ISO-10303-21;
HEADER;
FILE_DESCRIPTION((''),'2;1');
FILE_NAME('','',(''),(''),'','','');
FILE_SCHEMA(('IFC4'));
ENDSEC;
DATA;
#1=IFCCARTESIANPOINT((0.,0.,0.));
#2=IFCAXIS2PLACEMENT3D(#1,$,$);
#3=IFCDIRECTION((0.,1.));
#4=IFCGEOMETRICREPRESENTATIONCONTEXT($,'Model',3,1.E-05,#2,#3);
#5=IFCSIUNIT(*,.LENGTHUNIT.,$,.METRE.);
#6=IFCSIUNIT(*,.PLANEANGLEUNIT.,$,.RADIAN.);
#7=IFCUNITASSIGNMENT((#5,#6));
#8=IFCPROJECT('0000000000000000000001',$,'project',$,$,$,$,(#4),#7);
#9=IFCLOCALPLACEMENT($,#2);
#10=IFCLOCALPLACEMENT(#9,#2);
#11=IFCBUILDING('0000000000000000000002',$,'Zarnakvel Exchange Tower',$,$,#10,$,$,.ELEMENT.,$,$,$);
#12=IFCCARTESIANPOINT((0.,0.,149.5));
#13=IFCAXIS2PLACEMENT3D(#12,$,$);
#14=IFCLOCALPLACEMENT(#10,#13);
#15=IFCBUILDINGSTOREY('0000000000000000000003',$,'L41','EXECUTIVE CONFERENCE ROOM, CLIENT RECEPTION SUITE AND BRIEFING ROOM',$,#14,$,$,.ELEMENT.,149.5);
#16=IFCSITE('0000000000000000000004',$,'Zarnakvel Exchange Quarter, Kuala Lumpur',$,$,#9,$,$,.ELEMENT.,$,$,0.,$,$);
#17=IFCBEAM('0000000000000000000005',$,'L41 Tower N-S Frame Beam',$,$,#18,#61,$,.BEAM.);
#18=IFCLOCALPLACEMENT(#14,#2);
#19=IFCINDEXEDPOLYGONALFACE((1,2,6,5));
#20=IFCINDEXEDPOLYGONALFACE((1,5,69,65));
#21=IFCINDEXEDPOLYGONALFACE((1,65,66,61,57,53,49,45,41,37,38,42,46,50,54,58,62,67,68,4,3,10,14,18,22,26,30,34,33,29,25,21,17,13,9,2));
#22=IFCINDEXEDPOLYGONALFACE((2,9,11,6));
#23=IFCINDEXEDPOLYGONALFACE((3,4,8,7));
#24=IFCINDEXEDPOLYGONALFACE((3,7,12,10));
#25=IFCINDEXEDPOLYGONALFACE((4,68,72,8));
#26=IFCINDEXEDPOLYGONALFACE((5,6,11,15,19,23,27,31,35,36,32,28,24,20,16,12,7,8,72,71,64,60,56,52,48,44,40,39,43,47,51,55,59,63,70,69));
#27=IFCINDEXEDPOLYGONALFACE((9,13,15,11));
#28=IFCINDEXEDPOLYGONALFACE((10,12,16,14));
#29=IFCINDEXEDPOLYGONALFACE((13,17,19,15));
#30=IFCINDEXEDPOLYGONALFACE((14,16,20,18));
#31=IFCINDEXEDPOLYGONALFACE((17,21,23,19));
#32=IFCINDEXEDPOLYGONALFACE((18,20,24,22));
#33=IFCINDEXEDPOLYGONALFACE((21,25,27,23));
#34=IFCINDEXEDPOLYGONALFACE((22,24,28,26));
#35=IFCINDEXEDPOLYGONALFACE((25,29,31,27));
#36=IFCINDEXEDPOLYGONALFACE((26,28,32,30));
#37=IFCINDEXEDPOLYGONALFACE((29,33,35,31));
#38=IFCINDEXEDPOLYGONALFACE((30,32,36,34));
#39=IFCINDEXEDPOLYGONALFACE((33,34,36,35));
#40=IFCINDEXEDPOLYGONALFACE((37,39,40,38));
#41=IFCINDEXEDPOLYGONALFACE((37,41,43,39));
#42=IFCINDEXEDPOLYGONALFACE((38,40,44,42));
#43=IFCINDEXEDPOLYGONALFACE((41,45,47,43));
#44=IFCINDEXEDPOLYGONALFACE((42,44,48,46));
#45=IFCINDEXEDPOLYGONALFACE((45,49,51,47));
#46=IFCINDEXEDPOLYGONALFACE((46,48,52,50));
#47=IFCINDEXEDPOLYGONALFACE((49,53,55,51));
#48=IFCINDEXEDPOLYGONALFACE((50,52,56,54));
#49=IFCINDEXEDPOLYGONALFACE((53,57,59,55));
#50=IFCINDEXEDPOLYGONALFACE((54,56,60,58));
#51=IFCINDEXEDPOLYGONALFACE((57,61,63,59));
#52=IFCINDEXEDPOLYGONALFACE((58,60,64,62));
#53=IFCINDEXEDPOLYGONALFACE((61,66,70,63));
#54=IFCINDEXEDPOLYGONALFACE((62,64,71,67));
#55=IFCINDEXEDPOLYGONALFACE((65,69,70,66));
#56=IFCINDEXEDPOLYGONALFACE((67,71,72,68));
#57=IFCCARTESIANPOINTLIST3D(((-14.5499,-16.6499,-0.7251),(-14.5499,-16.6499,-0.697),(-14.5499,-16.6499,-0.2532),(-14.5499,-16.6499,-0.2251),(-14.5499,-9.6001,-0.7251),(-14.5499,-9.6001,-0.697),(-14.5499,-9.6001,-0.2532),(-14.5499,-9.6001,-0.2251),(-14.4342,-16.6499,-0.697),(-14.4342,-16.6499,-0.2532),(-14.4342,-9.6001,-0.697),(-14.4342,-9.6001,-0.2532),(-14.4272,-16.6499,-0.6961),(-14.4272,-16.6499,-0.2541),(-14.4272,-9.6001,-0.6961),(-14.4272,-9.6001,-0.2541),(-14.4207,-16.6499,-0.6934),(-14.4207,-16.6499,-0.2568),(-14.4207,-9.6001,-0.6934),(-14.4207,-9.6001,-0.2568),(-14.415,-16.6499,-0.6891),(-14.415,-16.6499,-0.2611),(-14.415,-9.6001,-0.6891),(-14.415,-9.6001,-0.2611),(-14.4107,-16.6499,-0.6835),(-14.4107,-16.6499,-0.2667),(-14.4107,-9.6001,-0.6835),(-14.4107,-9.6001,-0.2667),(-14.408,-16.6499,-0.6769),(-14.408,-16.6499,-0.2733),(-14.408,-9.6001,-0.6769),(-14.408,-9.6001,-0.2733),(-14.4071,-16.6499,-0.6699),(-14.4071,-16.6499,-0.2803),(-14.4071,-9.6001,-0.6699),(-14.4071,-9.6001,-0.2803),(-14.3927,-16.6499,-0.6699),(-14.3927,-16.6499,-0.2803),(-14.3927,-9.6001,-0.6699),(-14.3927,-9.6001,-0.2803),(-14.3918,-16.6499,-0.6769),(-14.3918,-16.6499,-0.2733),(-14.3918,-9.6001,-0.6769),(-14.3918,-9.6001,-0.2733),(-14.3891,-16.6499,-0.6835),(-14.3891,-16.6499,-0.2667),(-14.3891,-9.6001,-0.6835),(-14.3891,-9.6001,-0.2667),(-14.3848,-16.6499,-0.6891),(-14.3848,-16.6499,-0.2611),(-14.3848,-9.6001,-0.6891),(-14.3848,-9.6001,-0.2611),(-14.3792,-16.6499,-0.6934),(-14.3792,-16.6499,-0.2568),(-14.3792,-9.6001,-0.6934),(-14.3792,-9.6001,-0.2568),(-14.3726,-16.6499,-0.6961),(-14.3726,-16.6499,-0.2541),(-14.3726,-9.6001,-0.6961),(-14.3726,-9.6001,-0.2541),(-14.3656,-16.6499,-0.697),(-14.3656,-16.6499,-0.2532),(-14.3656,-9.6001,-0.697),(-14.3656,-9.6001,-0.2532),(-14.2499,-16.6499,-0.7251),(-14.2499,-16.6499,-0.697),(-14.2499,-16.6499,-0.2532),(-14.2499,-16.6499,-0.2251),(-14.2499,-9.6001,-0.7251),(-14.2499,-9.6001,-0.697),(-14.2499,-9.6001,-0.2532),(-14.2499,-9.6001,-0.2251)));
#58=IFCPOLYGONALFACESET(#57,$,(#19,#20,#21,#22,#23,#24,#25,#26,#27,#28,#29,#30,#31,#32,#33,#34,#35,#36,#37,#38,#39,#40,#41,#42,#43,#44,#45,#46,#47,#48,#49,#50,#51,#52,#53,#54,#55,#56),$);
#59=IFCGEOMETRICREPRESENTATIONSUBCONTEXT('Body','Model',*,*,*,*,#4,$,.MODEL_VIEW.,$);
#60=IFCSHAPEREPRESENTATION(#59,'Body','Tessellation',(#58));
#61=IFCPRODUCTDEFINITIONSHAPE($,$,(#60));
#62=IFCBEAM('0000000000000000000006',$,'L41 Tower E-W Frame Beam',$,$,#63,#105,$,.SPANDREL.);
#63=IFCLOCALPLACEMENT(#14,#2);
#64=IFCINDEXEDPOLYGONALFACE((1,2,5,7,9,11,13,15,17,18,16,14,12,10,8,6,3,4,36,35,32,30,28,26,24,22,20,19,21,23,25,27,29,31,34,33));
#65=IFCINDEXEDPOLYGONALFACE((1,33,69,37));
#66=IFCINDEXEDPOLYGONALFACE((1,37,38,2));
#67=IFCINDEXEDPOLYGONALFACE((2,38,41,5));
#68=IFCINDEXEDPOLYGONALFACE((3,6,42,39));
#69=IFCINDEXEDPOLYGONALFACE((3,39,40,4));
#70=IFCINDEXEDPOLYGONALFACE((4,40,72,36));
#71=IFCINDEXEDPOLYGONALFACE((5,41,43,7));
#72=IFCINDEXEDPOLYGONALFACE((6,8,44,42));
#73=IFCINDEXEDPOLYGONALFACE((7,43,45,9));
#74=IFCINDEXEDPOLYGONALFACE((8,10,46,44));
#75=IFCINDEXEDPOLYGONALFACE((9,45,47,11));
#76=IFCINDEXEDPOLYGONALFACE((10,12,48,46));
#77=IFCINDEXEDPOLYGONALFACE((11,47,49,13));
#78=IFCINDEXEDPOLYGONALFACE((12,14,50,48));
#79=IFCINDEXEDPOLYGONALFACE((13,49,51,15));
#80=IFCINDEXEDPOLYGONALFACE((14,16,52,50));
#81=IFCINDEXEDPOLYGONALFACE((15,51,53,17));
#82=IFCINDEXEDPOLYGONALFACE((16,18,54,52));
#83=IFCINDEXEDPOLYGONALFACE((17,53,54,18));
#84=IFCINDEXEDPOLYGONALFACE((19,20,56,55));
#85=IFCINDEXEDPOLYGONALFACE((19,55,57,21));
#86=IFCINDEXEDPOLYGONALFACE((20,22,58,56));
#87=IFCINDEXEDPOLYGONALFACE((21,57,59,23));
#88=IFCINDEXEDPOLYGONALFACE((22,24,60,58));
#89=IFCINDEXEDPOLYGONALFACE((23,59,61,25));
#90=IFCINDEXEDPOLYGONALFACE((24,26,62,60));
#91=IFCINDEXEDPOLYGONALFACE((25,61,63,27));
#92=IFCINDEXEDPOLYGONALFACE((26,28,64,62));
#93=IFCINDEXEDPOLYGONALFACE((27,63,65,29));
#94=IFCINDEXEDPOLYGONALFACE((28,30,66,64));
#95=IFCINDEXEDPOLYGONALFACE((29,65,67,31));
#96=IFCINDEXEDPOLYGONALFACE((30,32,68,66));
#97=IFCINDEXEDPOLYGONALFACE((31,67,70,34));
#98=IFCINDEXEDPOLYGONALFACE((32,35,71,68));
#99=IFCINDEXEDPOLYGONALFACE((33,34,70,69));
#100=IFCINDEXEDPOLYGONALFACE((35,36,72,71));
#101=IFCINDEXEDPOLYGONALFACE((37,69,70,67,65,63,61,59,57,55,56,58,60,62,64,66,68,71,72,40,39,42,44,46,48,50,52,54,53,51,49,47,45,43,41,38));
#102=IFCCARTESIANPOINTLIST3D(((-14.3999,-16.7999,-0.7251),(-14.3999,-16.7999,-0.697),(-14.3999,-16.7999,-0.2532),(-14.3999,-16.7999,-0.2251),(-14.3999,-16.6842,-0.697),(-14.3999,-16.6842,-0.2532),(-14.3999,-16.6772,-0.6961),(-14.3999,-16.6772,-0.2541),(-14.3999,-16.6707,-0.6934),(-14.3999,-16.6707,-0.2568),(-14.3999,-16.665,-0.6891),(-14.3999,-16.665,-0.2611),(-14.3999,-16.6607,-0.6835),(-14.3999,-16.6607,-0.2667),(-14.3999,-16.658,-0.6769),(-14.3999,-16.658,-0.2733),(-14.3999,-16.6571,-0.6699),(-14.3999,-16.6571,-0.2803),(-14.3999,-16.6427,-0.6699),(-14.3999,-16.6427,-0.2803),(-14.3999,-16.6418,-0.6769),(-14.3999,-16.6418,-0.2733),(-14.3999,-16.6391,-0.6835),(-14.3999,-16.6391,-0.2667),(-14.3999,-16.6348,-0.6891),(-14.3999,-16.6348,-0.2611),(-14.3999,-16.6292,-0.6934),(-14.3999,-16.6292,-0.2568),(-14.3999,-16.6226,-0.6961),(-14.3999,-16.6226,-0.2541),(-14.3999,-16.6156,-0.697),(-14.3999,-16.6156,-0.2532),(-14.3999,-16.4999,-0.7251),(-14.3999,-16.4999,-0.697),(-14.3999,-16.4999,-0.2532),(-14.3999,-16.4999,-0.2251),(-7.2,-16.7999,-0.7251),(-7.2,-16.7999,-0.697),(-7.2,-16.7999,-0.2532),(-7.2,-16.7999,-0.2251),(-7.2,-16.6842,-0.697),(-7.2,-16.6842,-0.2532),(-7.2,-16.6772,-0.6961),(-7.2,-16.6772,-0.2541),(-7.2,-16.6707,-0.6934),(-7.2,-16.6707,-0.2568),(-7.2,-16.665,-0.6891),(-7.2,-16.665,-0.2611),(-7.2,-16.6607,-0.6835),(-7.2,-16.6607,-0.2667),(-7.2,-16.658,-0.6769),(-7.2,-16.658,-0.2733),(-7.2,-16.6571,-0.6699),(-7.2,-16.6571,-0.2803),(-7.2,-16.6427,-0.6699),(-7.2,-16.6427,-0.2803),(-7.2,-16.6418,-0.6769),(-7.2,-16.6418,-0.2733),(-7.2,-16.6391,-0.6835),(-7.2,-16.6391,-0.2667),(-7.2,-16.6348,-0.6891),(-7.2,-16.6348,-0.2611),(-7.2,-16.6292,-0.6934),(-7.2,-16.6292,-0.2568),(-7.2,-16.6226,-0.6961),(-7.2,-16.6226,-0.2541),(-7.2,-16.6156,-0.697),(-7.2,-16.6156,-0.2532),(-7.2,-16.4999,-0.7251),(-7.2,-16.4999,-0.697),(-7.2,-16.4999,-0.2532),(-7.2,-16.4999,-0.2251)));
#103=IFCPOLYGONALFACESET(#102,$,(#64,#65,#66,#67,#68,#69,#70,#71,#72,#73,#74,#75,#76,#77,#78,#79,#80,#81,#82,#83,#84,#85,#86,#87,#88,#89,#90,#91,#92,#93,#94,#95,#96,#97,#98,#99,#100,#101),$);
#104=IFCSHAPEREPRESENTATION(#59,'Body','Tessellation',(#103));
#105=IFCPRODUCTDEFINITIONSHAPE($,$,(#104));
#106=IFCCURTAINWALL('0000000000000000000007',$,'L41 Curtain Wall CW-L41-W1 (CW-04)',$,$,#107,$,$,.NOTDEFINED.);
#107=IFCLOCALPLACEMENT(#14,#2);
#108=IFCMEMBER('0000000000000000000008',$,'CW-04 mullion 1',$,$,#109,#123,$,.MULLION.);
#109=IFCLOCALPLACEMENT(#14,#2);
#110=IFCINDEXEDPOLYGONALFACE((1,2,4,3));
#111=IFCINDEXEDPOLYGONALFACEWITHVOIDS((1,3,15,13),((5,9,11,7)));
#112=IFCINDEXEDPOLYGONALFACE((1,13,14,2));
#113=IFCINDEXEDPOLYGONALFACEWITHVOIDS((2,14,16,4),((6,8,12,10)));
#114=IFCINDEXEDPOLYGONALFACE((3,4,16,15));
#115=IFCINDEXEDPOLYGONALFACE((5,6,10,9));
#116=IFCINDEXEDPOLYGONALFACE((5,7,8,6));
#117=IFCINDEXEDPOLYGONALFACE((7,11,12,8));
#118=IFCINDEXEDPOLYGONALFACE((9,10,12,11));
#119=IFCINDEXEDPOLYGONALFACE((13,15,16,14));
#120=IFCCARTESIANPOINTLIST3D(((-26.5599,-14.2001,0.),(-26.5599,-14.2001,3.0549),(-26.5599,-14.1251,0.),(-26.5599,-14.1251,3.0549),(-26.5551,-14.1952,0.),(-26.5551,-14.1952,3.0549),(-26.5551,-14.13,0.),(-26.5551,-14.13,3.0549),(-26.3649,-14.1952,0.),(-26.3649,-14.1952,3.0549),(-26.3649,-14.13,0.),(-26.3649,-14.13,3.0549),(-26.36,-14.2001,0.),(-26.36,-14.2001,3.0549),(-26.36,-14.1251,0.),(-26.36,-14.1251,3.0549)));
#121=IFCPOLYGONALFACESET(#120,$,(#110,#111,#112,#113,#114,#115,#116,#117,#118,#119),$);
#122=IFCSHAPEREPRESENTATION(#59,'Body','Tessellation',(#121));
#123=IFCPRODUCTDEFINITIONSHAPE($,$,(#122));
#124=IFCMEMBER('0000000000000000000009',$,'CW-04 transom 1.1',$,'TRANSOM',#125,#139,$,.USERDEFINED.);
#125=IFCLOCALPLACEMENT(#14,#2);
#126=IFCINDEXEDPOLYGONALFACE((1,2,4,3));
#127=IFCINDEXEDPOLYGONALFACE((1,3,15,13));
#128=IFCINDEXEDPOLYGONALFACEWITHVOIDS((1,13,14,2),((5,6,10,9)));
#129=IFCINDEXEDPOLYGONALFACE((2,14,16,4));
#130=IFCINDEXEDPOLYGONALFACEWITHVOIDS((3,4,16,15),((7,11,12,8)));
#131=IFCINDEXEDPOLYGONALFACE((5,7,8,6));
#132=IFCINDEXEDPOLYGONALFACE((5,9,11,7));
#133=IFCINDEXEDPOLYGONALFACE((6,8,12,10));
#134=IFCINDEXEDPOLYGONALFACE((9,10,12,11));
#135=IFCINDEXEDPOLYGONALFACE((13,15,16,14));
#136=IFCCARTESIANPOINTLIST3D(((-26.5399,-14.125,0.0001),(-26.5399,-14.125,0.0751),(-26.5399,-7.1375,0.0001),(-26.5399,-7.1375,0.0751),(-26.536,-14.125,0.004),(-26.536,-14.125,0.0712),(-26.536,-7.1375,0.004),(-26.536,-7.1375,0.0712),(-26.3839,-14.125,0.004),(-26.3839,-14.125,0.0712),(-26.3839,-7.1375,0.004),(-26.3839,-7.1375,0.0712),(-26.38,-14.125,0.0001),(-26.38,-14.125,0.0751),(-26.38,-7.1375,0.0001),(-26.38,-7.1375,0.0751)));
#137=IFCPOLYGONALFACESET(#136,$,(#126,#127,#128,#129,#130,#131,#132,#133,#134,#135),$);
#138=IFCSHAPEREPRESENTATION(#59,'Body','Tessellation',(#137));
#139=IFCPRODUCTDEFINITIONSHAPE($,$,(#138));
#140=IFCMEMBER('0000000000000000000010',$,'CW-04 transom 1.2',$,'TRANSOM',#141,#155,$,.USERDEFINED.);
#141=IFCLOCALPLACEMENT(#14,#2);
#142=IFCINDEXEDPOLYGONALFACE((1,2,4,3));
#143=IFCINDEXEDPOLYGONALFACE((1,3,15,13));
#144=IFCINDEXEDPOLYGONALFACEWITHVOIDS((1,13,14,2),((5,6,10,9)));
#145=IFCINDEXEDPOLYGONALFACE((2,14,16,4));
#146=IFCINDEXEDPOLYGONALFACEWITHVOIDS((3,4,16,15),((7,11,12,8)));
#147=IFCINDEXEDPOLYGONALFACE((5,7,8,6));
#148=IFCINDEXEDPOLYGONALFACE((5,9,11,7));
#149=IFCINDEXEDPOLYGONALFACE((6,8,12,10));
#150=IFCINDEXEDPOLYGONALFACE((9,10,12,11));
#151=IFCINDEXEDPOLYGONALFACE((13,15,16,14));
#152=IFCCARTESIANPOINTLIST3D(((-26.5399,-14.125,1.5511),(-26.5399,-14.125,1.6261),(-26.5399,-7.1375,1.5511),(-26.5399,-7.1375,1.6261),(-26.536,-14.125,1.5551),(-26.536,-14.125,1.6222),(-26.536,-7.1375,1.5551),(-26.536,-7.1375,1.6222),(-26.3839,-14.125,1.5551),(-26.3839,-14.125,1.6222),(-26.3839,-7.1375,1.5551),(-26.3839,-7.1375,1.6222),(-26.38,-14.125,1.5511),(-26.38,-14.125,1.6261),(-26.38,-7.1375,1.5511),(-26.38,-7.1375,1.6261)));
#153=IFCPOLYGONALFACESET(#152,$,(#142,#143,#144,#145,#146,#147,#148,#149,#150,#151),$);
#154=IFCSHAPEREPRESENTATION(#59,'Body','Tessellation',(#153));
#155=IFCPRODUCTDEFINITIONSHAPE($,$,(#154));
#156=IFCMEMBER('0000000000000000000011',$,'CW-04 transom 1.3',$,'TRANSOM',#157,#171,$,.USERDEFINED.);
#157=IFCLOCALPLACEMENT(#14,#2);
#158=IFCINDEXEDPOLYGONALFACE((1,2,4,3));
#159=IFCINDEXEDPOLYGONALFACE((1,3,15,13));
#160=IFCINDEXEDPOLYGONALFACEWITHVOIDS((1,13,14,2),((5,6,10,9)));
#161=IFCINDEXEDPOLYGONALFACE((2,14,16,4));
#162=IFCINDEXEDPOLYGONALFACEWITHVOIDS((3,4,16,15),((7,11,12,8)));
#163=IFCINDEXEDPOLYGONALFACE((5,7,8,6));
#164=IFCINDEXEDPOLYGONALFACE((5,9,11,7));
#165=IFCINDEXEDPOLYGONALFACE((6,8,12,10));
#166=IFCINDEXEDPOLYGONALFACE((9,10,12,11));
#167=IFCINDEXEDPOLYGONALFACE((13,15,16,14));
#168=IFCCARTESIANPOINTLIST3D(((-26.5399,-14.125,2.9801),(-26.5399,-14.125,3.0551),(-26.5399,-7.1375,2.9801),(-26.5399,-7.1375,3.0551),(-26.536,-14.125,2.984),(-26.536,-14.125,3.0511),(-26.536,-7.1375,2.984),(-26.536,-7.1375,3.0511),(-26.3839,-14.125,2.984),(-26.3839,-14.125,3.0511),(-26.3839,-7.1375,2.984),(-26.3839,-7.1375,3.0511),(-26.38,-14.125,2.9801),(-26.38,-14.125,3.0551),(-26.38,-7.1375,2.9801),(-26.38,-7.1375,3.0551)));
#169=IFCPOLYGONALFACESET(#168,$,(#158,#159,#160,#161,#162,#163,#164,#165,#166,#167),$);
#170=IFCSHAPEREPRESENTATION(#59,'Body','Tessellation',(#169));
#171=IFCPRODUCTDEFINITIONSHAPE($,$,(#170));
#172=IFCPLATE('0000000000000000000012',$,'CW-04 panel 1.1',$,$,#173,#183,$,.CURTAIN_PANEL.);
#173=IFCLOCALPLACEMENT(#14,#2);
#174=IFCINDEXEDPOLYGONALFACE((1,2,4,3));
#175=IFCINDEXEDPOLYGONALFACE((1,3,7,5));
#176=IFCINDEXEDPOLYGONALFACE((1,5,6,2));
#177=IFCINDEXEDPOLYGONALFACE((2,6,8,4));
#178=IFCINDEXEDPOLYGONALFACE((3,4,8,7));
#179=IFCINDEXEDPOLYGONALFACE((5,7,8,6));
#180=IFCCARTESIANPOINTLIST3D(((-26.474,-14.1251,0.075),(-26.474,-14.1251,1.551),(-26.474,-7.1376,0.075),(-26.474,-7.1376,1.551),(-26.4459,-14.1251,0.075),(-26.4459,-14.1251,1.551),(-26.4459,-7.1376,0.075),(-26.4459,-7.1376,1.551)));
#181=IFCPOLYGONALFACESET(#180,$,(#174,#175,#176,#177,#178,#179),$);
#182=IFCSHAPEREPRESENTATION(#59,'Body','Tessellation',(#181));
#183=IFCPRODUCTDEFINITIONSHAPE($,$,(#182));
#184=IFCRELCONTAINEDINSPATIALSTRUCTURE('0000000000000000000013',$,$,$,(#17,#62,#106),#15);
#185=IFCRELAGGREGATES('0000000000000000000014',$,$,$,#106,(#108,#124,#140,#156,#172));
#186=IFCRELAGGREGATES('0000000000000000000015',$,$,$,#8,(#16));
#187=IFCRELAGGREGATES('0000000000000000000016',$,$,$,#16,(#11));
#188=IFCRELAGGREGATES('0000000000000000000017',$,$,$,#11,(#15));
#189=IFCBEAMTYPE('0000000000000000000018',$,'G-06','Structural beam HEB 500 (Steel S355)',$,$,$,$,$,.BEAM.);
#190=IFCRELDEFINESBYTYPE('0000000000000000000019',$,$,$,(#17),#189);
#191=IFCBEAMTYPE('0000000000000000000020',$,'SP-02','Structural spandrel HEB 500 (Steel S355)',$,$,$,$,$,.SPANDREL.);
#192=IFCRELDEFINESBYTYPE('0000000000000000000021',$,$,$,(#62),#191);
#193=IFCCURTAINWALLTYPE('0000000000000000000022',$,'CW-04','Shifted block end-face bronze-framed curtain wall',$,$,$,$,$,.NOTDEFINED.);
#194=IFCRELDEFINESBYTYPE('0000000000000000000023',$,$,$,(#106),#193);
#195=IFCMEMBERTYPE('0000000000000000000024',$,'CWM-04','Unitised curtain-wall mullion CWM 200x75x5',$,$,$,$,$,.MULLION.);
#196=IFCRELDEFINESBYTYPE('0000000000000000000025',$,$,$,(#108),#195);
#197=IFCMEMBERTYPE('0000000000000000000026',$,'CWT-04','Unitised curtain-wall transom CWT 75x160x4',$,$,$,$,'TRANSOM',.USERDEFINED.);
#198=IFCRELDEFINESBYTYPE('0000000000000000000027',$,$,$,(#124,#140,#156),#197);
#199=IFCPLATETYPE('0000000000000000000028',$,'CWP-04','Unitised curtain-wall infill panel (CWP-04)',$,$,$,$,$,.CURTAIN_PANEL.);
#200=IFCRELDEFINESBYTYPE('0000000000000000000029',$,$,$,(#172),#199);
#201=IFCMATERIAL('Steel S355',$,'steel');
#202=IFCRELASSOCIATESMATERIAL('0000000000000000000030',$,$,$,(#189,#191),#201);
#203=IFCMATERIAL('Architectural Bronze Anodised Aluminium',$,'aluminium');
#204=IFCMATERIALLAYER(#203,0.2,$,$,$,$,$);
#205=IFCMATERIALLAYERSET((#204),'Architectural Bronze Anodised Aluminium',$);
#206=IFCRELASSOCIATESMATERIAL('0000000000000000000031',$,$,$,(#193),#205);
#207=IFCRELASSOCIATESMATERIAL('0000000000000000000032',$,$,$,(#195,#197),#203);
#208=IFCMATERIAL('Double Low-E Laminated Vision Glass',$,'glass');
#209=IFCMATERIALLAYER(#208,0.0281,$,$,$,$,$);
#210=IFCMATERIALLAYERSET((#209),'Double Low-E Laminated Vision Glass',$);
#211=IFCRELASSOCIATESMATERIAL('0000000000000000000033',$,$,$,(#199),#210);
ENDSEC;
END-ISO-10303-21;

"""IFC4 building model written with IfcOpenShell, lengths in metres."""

from ifc_helpers import new_model, si_unit, direction, frame, origin, origin_2d, place, context, subcontext, project, spatial, rectangle, hollow_rectangle, i_section, extrude, source, transform, mapped, material, layer, layer_set, material_profile, profile_set, type_object, element, aggregate, save


model = new_model("IFC4")

# Units and contexts
model_context = context("Model", 3, precision=1e-05, world=origin(), true_north=direction((0.0, 1.0)))
body_context = subcontext(model_context, "Body", "Model", "MODEL_VIEW")
ifc_project = project(units=[si_unit("LENGTHUNIT", "METRE"), si_unit("PLANEANGLEUNIT", "RADIAN")], contexts=[model_context])

# Site, building, storey
site_placement = place(None, origin())
site = spatial("IfcSite", under=ifc_project, at=site_placement, Name="Zarnakvel Exchange Quarter, Kuala Lumpur", CompositionType="ELEMENT", RefElevation=0.0)
building_placement = place(site_placement, origin())
building = spatial("IfcBuilding", under=site, at=building_placement, Name="Zarnakvel Exchange Tower", CompositionType="ELEMENT")
storey_placement = place(building_placement, frame((0.0, 0.0, 149.5)))
storey = spatial("IfcBuildingStorey", under=building, at=storey_placement, Name="L41", Description="EXECUTIVE CONFERENCE ROOM, CLIENT RECEPTION SUITE AND BRIEFING ROOM", CompositionType="ELEMENT", Elevation=149.5)

# Shared definitions
ifc_material_1 = material(Name="Steel S355", Category="steel")

# Beams
ifc_material_profile_1 = material_profile(ifc_material_1, i_section(OverallWidth=0.3, OverallDepth=0.5, WebThickness=0.0144, FlangeThickness=0.0281, FilletRadius=0.0271, at=origin_2d()))
ifc_profile_set_1 = profile_set([ifc_material_profile_1], Name="Steel S355")
beam_type_1 = type_object("IfcBeamType", Name="G-06", Description="Structural beam HEB 500 (Steel S355)", PredefinedType="BEAM", material=ifc_profile_set_1)
beam_1_placement = place(storey_placement, frame((-14.3999, -16.6499, -0.4751), z_axis=(0.0, 1.0, 0.0), x_axis=(-1.0, 0.0, 0.0)))
element("IfcBeam", 1, at=beam_1_placement, inside=storey, type_object=beam_type_1, Name="L41 Tower N-S Frame Beam", PredefinedType="BEAM", context=body_context, shape_type="SweptSolid", body=[
    extrude(i_section(OverallWidth=0.3, OverallDepth=0.5, WebThickness=0.0144, FlangeThickness=0.0281, FilletRadius=0.0271, at=origin_2d()), origin(), (0.0, 0.0, 1.0), 7.0498),
])
ifc_material_profile_2 = material_profile(ifc_material_1, i_section(OverallWidth=0.3, OverallDepth=0.5, WebThickness=0.0144, FlangeThickness=0.0281, FilletRadius=0.0271, at=origin_2d()))
ifc_profile_set_2 = profile_set([ifc_material_profile_2], Name="Steel S355")
beam_type_2 = type_object("IfcBeamType", Name="SP-02", Description="Structural spandrel HEB 500 (Steel S355)", PredefinedType="SPANDREL", material=ifc_profile_set_2)
beam_2_placement = place(storey_placement, frame((-14.3999, -16.6499, -0.4751), z_axis=(1.0, 0.0, 0.0), x_axis=(0.0, 1.0, 0.0)))
element("IfcBeam", 2, at=beam_2_placement, inside=storey, type_object=beam_type_2, Name="L41 Tower E-W Frame Beam", PredefinedType="SPANDREL", context=body_context, shape_type="SweptSolid", body=[
    extrude(i_section(OverallWidth=0.3, OverallDepth=0.5, WebThickness=0.0144, FlangeThickness=0.0281, FilletRadius=0.0271, at=origin_2d()), origin(), (0.0, 0.0, 1.0), 7.2),
])

# Curtain wall, members, plate
ifc_material_2 = material(Name="Architectural Bronze Anodised Aluminium", Category="aluminium")
ifc_layer_1 = layer(ifc_material_2, 0.2)
ifc_layer_set_1 = layer_set([ifc_layer_1], Name="Architectural Bronze Anodised Aluminium")
curtain_wall_type = type_object("IfcCurtainWallType", Name="CW-04", Description="Shifted block end-face bronze-framed curtain wall", PredefinedType="NOTDEFINED", material=ifc_layer_set_1)
curtain_wall_placement = place(storey_placement, origin())
curtain_wall = element("IfcCurtainWall", 3, at=curtain_wall_placement, inside=storey, type_object=curtain_wall_type, Name="L41 Curtain Wall CW-L41-W1 (CW-04)", PredefinedType="NOTDEFINED")
ifc_material_profile_3 = material_profile(ifc_material_2, hollow_rectangle(XDim=0.2, YDim=0.075, WallThickness=0.0049, at=origin_2d()))
ifc_profile_set_3 = profile_set([ifc_material_profile_3], Name="Architectural Bronze Anodised Aluminium")
member_type_1 = type_object("IfcMemberType", Name="CWM-04", Description="Unitised curtain-wall mullion CWM 200x75x5", PredefinedType="MULLION", material=ifc_profile_set_3)
shared_shape_1 = source(origin(), body_context, "Body", "SweptSolid", [
    extrude(hollow_rectangle(XDim=0.2, YDim=0.075, WallThickness=0.0049, at=origin_2d()), origin(), (0.0, 0.0, 1.0), 3.0549),
])
member_1_placement = place(storey_placement, frame((-26.46, -14.1626, 0.0), z_axis=(0.0, 0.0, 1.0), x_axis=(-1.0, 0.0, 0.0)))
member_1 = element("IfcMember", 4, at=member_1_placement, type_object=member_type_1, Name="CW-04 mullion 1", PredefinedType="MULLION", context=body_context, shape_type="MappedRepresentation", body=[
    mapped(shared_shape_1, transform((0.0, 0.0, 0.0), x_axis=(1.0, 0.0, 0.0), y_axis=(0.0, 1.0, 0.0), z_axis=(0.0, 0.0, 1.0), scale=1.0)),
])
ifc_material_profile_4 = material_profile(ifc_material_2, hollow_rectangle(XDim=0.1599, YDim=0.075, WallThickness=0.0039, at=origin_2d()))
ifc_profile_set_4 = profile_set([ifc_material_profile_4], Name="Architectural Bronze Anodised Aluminium")
member_type_2 = type_object("IfcMemberType", Name="CWT-04", Description="Unitised curtain-wall transom CWT 75x160x4", ElementType="TRANSOM", PredefinedType="USERDEFINED", material=ifc_profile_set_4)
shared_shape_2 = source(origin(), body_context, "Body", "SweptSolid", [
    extrude(hollow_rectangle(XDim=0.1599, YDim=0.075, WallThickness=0.0039, at=origin_2d()), origin(), (0.0, 0.0, 1.0), 6.9875),
])
member_2_placement = place(storey_placement, frame((-26.46, -14.125, 0.0376), z_axis=(0.0, 1.0, 0.0), x_axis=(-1.0, 0.0, 0.0)))
member_2 = element("IfcMember", 5, at=member_2_placement, type_object=member_type_2, Name="CW-04 transom 1.1", ObjectType="TRANSOM", PredefinedType="USERDEFINED", context=body_context, shape_type="MappedRepresentation", body=[
    mapped(shared_shape_2, transform((0.0, 0.0, 0.0), x_axis=(1.0, 0.0, 0.0), y_axis=(0.0, 1.0, 0.0), z_axis=(0.0, 0.0, 1.0), scale=1.0)),
])
member_3_placement = place(storey_placement, frame((-26.46, -14.125, 1.5886), z_axis=(0.0, 1.0, 0.0), x_axis=(-1.0, 0.0, 0.0)))
member_3 = element("IfcMember", 6, at=member_3_placement, type_object=member_type_2, Name="CW-04 transom 1.2", ObjectType="TRANSOM", PredefinedType="USERDEFINED", context=body_context, shape_type="MappedRepresentation", body=[
    mapped(shared_shape_2, transform((0.0, 0.0, 0.0), x_axis=(1.0, 0.0, 0.0), y_axis=(0.0, 1.0, 0.0), z_axis=(0.0, 0.0, 1.0), scale=1.0)),
])
member_4_placement = place(storey_placement, frame((-26.46, -14.125, 3.0176), z_axis=(0.0, 1.0, 0.0), x_axis=(-1.0, 0.0, 0.0)))
member_4 = element("IfcMember", 7, at=member_4_placement, type_object=member_type_2, Name="CW-04 transom 1.3", ObjectType="TRANSOM", PredefinedType="USERDEFINED", context=body_context, shape_type="MappedRepresentation", body=[
    mapped(shared_shape_2, transform((0.0, 0.0, 0.0), x_axis=(1.0, 0.0, 0.0), y_axis=(0.0, 1.0, 0.0), z_axis=(0.0, 0.0, 1.0), scale=1.0)),
])
ifc_material_3 = material(Name="Double Low-E Laminated Vision Glass", Category="glass")
ifc_layer_2 = layer(ifc_material_3, 0.0281)
ifc_layer_set_2 = layer_set([ifc_layer_2], Name="Double Low-E Laminated Vision Glass")
plate_type = type_object("IfcPlateType", Name="CWP-04", Description="Unitised curtain-wall infill panel (CWP-04)", PredefinedType="CURTAIN_PANEL", material=ifc_layer_set_2)
shared_shape_3 = source(origin(), body_context, "Body", "SweptSolid", [
    extrude(rectangle(XDim=6.9875, YDim=0.0281, at=origin_2d()), origin(), (0.0, 0.0, 1.0), 1.4761),
])
plate_1_placement = place(storey_placement, frame((-26.46, -10.6313, 0.075), z_axis=(0.0, 0.0, 1.0), x_axis=(0.0, 1.0, 0.0)))
plate_1 = element("IfcPlate", 8, at=plate_1_placement, type_object=plate_type, Name="CW-04 panel 1.1", PredefinedType="CURTAIN_PANEL", context=body_context, shape_type="MappedRepresentation", body=[
    mapped(shared_shape_3, transform((0.0, 0.0, 0.0), x_axis=(1.0, 0.0, 0.0), y_axis=(0.0, 1.0, 0.0), z_axis=(0.0, 0.0, 1.0), scale=1.0)),
])
aggregate(curtain_wall, [member_1, member_2, member_3, member_4, plate_1])

save(model, "model.ifc")
